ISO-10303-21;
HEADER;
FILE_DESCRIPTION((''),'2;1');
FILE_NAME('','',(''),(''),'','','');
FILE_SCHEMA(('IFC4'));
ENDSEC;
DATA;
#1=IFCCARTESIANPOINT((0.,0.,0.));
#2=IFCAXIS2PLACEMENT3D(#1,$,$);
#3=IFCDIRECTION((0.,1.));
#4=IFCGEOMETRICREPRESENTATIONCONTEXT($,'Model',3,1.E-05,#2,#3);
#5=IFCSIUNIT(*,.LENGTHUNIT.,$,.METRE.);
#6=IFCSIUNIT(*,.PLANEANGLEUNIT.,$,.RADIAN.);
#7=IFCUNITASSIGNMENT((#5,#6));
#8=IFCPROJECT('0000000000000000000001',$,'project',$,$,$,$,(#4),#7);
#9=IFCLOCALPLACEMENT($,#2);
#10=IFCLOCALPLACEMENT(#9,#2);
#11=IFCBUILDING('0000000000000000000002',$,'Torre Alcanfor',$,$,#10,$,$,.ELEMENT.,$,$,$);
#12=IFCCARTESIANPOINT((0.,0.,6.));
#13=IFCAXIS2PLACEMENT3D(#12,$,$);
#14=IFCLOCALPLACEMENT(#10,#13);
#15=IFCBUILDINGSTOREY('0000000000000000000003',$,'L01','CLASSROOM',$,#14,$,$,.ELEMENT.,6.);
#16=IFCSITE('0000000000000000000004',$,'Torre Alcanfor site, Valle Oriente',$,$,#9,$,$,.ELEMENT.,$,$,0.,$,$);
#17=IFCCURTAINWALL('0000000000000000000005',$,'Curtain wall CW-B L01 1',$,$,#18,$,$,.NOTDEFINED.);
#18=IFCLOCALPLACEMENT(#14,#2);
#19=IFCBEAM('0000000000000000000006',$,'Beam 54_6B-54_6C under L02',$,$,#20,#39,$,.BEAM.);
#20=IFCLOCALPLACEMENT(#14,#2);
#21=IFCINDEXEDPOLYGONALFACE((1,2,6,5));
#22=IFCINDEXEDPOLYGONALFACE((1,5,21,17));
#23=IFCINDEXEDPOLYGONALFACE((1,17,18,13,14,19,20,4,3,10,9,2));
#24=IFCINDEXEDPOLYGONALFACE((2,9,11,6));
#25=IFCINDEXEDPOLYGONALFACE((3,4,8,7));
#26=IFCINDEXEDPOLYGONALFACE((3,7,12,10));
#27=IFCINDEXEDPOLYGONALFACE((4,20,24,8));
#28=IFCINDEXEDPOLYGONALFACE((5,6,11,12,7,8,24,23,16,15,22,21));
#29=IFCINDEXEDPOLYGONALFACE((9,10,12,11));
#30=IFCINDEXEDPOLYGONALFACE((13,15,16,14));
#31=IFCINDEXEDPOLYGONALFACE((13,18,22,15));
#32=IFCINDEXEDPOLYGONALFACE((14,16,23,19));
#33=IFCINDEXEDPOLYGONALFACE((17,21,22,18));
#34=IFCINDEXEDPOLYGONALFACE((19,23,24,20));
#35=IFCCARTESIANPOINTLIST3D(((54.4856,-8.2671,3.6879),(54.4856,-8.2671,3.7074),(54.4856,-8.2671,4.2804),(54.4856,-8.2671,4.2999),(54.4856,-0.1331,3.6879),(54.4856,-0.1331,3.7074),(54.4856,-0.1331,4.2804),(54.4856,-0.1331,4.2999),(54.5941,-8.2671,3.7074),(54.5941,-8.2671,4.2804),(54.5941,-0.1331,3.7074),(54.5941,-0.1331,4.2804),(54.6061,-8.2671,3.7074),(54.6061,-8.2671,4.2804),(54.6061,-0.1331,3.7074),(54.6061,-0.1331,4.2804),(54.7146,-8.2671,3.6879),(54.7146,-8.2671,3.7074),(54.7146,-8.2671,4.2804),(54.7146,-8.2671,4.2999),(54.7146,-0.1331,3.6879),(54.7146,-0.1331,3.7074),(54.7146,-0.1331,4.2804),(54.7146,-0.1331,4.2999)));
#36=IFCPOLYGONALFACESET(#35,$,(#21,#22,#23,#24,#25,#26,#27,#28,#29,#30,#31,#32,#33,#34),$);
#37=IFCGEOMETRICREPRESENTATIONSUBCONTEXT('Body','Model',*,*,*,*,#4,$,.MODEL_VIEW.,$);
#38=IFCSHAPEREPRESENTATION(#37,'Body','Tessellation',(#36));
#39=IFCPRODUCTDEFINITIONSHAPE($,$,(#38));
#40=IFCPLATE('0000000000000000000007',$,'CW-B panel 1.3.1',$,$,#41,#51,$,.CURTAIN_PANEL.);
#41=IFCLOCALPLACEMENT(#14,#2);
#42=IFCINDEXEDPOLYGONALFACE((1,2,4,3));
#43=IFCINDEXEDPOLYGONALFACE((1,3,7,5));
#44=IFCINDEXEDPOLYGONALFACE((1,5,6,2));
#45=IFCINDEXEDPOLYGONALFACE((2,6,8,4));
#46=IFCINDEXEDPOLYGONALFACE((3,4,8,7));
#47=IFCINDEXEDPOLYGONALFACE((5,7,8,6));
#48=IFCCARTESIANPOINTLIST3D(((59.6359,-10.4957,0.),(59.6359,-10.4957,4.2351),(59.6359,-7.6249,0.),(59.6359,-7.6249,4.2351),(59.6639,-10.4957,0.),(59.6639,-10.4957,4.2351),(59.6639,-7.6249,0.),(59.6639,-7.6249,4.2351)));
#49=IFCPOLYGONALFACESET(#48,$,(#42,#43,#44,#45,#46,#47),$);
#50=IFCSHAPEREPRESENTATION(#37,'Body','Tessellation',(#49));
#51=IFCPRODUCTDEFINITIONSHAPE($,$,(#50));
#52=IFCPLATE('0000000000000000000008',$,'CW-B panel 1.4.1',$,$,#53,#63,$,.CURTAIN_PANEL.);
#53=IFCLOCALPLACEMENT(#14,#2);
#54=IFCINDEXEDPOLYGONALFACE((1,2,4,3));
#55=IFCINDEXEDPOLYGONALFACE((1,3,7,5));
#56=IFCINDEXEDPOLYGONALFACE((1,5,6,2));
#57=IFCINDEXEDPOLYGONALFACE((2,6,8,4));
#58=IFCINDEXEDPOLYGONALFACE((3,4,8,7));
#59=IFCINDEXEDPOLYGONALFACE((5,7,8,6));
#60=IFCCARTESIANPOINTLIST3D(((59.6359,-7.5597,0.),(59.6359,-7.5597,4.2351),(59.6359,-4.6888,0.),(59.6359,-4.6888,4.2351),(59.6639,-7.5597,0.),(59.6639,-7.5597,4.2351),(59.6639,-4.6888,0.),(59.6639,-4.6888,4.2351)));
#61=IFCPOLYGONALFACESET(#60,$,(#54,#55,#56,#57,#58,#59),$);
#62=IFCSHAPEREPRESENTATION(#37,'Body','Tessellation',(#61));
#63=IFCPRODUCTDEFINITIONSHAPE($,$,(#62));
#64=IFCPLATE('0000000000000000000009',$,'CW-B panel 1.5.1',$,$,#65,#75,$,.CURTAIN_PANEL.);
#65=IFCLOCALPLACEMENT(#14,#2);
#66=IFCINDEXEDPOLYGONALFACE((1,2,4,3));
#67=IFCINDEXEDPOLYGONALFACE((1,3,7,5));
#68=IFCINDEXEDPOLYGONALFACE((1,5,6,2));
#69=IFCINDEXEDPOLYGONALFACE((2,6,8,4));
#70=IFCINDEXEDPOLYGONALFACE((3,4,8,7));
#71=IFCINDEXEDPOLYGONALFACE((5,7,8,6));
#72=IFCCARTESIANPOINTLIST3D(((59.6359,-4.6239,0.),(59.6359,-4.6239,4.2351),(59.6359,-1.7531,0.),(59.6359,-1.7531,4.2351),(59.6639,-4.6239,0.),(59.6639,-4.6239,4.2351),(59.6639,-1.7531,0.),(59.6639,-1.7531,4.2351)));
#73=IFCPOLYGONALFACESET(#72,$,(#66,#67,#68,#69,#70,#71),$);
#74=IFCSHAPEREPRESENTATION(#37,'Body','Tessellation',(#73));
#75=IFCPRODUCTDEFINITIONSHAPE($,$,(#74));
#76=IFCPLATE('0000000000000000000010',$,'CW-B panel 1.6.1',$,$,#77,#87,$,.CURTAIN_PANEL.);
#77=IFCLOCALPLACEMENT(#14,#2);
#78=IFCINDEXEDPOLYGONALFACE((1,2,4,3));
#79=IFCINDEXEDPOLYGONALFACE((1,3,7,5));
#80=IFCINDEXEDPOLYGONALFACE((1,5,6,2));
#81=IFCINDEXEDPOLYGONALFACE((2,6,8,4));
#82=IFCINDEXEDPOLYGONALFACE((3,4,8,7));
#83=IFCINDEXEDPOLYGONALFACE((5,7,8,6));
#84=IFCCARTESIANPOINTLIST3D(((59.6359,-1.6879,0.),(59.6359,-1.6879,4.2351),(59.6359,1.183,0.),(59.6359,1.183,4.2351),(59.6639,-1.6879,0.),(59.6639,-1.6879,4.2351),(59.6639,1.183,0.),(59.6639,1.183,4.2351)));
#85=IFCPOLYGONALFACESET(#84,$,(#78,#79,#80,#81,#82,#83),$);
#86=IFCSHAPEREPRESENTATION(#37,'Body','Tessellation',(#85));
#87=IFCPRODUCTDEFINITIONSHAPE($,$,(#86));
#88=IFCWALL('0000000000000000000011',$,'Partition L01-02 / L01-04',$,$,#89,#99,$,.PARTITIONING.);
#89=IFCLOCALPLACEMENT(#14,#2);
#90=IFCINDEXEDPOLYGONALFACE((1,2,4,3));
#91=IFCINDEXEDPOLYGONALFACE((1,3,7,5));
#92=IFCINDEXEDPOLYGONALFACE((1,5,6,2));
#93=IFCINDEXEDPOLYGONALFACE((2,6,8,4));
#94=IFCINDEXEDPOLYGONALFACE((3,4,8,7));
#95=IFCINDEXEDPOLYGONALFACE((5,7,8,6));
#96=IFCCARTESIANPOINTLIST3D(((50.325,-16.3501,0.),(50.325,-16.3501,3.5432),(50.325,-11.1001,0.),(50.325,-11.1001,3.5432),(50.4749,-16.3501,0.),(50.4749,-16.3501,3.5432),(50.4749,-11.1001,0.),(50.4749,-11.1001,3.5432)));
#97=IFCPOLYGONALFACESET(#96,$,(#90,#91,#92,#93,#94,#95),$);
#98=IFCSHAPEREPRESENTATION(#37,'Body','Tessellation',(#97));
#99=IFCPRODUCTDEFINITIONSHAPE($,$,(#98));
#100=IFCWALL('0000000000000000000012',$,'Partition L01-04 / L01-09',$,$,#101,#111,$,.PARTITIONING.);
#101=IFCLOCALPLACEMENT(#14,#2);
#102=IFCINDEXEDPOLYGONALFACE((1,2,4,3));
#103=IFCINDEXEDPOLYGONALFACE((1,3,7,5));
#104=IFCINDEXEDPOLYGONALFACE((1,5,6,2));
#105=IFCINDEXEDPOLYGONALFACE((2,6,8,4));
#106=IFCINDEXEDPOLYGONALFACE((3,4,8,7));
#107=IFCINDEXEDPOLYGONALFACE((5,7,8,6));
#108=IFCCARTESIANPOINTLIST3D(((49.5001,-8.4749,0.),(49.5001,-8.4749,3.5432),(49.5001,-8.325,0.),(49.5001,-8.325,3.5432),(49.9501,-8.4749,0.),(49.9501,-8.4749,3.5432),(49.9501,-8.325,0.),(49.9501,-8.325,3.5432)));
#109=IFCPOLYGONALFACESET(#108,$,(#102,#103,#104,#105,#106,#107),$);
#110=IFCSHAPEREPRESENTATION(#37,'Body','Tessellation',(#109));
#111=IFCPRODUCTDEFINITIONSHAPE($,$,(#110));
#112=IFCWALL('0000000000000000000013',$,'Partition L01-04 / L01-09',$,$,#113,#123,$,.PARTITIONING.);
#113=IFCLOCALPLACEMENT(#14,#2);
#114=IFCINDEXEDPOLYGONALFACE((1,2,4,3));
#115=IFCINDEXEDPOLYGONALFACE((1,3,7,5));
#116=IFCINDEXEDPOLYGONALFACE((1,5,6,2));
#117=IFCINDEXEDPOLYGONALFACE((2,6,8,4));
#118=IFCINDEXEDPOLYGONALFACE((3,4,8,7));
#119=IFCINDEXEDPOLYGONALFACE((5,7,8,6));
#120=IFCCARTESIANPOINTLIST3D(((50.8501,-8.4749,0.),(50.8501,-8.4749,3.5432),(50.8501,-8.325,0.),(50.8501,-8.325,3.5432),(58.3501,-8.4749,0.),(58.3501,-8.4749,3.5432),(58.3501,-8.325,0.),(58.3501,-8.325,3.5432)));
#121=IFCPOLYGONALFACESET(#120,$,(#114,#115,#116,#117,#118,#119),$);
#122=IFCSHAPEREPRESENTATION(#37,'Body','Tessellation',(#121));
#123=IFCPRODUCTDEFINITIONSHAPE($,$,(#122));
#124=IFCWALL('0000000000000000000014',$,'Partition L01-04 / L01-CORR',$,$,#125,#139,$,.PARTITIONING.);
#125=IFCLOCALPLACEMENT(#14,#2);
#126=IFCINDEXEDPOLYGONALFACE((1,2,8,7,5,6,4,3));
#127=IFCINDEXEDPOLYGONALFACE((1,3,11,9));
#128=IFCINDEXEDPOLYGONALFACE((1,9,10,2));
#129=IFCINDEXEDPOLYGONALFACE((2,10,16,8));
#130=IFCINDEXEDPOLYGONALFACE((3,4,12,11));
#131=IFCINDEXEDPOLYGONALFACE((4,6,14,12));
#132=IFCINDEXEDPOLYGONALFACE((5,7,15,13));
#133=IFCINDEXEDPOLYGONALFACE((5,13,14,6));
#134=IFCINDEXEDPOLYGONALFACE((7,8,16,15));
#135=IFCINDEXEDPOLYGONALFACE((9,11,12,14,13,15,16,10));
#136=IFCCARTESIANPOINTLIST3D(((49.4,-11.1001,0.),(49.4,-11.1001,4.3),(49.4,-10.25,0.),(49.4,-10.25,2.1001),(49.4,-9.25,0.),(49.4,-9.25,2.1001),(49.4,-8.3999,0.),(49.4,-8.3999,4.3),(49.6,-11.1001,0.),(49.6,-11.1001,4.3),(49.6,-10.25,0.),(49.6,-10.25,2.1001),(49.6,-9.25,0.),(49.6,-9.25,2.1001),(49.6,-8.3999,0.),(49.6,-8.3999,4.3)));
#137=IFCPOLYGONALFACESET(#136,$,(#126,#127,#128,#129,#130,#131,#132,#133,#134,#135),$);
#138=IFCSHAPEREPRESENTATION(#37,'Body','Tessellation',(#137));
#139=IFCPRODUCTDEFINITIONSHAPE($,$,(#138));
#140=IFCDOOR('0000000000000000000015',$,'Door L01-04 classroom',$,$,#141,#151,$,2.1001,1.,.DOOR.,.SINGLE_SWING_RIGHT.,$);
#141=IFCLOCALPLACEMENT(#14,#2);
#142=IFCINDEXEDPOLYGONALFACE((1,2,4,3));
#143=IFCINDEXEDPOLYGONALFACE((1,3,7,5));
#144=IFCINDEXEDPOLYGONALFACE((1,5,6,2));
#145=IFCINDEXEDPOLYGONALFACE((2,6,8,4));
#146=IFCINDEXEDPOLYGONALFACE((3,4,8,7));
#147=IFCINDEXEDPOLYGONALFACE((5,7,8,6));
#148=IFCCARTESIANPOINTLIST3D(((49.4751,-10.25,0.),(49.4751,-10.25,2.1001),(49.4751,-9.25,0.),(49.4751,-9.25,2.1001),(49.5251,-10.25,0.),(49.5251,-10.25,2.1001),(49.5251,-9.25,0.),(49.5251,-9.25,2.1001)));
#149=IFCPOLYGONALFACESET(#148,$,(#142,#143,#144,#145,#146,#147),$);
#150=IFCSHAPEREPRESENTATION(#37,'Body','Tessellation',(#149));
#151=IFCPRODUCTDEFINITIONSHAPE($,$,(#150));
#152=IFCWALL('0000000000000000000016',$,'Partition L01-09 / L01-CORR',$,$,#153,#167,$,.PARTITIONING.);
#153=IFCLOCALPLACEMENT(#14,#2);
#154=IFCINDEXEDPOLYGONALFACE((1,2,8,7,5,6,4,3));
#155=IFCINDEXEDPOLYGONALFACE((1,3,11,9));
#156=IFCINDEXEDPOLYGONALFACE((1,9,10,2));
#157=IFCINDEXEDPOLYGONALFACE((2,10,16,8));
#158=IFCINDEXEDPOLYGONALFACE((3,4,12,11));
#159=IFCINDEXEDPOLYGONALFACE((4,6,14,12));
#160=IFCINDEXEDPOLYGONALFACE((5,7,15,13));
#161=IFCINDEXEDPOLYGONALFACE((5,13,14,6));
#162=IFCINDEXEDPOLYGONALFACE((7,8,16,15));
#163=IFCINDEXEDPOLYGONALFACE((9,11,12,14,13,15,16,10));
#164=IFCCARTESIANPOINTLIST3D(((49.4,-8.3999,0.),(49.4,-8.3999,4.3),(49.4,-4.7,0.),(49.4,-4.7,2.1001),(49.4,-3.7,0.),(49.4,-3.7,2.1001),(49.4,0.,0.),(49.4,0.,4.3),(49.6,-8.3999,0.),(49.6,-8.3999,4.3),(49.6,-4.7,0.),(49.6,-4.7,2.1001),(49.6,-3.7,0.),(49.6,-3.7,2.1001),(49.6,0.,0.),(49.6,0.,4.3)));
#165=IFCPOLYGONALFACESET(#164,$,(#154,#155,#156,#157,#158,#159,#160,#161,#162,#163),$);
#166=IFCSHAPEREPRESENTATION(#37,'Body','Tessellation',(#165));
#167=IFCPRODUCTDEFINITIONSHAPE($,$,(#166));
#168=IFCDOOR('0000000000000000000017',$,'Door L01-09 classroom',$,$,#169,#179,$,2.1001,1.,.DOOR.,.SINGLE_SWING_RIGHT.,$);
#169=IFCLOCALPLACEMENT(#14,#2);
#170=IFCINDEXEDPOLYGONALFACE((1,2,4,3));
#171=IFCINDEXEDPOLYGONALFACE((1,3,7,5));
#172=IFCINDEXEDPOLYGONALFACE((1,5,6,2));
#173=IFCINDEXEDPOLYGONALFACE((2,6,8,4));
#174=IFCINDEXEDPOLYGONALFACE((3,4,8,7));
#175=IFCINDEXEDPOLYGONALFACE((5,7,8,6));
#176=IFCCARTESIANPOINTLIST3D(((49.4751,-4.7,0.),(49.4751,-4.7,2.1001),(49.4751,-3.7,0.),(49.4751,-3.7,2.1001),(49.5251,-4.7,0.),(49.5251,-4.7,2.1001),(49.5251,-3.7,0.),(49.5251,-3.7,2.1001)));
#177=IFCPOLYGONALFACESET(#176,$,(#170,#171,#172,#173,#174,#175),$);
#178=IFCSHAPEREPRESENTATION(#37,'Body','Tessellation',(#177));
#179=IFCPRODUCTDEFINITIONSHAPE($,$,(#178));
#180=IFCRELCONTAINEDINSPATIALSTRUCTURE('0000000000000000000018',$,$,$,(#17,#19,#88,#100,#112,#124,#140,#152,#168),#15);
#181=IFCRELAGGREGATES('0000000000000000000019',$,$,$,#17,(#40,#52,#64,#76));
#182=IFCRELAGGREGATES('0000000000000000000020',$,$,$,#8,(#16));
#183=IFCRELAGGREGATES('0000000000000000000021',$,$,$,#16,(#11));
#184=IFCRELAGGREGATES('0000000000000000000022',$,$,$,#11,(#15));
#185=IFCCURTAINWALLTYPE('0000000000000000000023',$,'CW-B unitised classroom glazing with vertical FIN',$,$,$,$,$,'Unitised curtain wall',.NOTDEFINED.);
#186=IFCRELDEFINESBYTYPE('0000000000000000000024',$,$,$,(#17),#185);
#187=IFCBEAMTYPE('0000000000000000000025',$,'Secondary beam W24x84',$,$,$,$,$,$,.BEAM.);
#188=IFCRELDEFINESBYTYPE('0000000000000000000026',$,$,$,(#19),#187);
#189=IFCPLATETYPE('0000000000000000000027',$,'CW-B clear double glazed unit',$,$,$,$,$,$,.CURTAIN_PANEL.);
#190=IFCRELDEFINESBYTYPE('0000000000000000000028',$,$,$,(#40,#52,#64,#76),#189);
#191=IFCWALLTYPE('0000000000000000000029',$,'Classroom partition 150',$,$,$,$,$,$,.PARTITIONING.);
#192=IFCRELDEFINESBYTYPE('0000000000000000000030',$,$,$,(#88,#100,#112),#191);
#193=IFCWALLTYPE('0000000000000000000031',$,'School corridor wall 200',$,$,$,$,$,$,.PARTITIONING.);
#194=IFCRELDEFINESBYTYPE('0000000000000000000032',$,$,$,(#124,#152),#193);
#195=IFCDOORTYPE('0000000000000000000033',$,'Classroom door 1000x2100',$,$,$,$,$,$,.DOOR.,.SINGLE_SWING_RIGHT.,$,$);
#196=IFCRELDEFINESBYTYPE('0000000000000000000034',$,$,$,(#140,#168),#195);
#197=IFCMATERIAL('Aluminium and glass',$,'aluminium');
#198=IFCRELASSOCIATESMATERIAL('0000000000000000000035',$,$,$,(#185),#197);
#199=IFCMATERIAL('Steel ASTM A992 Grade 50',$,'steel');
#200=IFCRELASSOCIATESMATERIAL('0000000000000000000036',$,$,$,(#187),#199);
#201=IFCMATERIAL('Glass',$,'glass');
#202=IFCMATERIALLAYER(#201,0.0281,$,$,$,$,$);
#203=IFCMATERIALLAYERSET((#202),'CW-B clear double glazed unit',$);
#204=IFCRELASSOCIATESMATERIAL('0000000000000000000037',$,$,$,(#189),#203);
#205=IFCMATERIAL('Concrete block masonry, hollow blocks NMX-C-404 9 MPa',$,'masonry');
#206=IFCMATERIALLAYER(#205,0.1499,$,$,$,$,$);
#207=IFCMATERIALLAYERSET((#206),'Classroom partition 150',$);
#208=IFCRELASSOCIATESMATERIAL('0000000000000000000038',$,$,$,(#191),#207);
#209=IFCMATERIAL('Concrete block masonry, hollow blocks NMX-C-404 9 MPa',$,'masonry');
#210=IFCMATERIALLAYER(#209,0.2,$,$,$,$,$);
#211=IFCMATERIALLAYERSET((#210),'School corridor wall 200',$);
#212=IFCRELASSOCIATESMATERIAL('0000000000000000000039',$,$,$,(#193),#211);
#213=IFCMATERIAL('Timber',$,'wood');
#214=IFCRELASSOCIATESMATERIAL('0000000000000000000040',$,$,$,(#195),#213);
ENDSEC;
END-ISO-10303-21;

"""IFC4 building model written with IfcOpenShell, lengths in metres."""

from ifc_helpers import new_model, si_unit, direction, frame, frame_2d, origin, origin_2d, place, context, subcontext, project, spatial, rectangle, i_section, extrude, material, layer, layer_set, material_profile, profile_set, type_object, element, fill, aggregate, save


model = new_model("IFC4")

# Units and contexts
model_context = context("Model", 3, precision=1e-05, world=origin(), true_north=direction((0.0, 1.0)))
body_context = subcontext(model_context, "Body", "Model", "MODEL_VIEW")
ifc_project = project(units=[si_unit("LENGTHUNIT", "METRE"), si_unit("PLANEANGLEUNIT", "RADIAN")], contexts=[model_context])

# Site, building, storey
site_placement = place(None, origin())
site = spatial("IfcSite", under=ifc_project, at=site_placement, Name="Torre Alcanfor site, Valle Oriente", CompositionType="ELEMENT", RefElevation=0.0)
building_placement = place(site_placement, origin())
building = spatial("IfcBuilding", under=site, at=building_placement, Name="Torre Alcanfor", CompositionType="ELEMENT")
storey_placement = place(building_placement, frame((0.0, 0.0, 6.0)))
storey = spatial("IfcBuildingStorey", under=building, at=storey_placement, Name="L01", Description="CLASSROOM", CompositionType="ELEMENT", Elevation=6.0)

# Curtain wall
ifc_material_1 = material(Name="Aluminium and glass", Category="aluminium")
curtain_wall_type = type_object("IfcCurtainWallType", Name="CW-B unitised classroom glazing with vertical FIN", ElementType="Unitised curtain wall", PredefinedType="NOTDEFINED", material=ifc_material_1)
curtain_wall_placement = place(storey_placement, origin())
curtain_wall = element("IfcCurtainWall", 1, at=curtain_wall_placement, inside=storey, type_object=curtain_wall_type, Name="Curtain wall CW-B L01 1", PredefinedType="NOTDEFINED")

# Beam
ifc_material_2 = material(Name="Steel ASTM A992 Grade 50", Category="steel")
ifc_material_profile_1 = material_profile(ifc_material_2, i_section(OverallWidth=0.229, OverallDepth=0.6121, WebThickness=0.012, FlangeThickness=0.0195, at=origin_2d()), Name="W24x84")
ifc_profile_set_1 = profile_set([ifc_material_profile_1], Name="Steel ASTM A992 Grade 50")
beam_type_1 = type_object("IfcBeamType", Name="Secondary beam W24x84", PredefinedType="BEAM", material=ifc_profile_set_1)
beam_1_placement = place(storey_placement, frame((54.6001, -8.2671, 3.9939), z_axis=(0.0, 1.0, 0.0), x_axis=(-1.0, 0.0, 0.0)))
element("IfcBeam", 2, at=beam_1_placement, inside=storey, type_object=beam_type_1, Name="Beam 54_6B-54_6C under L02", PredefinedType="BEAM", context=body_context, shape_type="SweptSolid", body=[
    extrude(i_section(OverallWidth=0.229, OverallDepth=0.6121, WebThickness=0.012, FlangeThickness=0.0195, at=origin_2d()), origin(), (0.0, 0.0, 1.0), 8.134),
])

# Plates
ifc_material_3 = material(Name="Glass", Category="glass")
ifc_layer_1 = layer(ifc_material_3, 0.0281)
ifc_layer_set_1 = layer_set([ifc_layer_1], Name="CW-B clear double glazed unit")
plate_type = type_object("IfcPlateType", Name="CW-B clear double glazed unit", PredefinedType="CURTAIN_PANEL", material=ifc_layer_set_1)
plate_1_placement = place(storey_placement, frame((59.6499, -9.0603, 0.0), z_axis=(0.0, 0.0, 1.0), x_axis=(0.0, 1.0, 0.0)))
plate_1 = element("IfcPlate", 3, at=plate_1_placement, type_object=plate_type, Name="CW-B panel 1.3.1", PredefinedType="CURTAIN_PANEL", context=body_context, shape_type="SweptSolid", body=[
    extrude(rectangle(XDim=2.8708, YDim=0.0281, at=origin_2d()), origin(), (0.0, 0.0, 1.0), 4.2351),
])
plate_2_placement = place(storey_placement, frame((59.6499, -6.1243, 0.0), z_axis=(0.0, 0.0, 1.0), x_axis=(0.0, 1.0, 0.0)))
plate_2 = element("IfcPlate", 4, at=plate_2_placement, type_object=plate_type, Name="CW-B panel 1.4.1", PredefinedType="CURTAIN_PANEL", context=body_context, shape_type="SweptSolid", body=[
    extrude(rectangle(XDim=2.8708, YDim=0.0281, at=origin_2d()), origin(), (0.0, 0.0, 1.0), 4.2351),
])
plate_3_placement = place(storey_placement, frame((59.6499, -3.1885, 0.0), z_axis=(0.0, 0.0, 1.0), x_axis=(0.0, 1.0, 0.0)))
plate_3 = element("IfcPlate", 5, at=plate_3_placement, type_object=plate_type, Name="CW-B panel 1.5.1", PredefinedType="CURTAIN_PANEL", context=body_context, shape_type="SweptSolid", body=[
    extrude(rectangle(XDim=2.8708, YDim=0.0281, at=origin_2d()), origin(), (0.0, 0.0, 1.0), 4.2351),
])
plate_4_placement = place(storey_placement, frame((59.6499, -0.2524, 0.0), z_axis=(0.0, 0.0, 1.0), x_axis=(0.0, 1.0, 0.0)))
plate_4 = element("IfcPlate", 6, at=plate_4_placement, type_object=plate_type, Name="CW-B panel 1.6.1", PredefinedType="CURTAIN_PANEL", context=body_context, shape_type="SweptSolid", body=[
    extrude(rectangle(XDim=2.8708, YDim=0.0281, at=origin_2d()), origin(), (0.0, 0.0, 1.0), 4.2351),
])
aggregate(curtain_wall, [plate_1, plate_2, plate_3, plate_4])

# Walls
ifc_material_4 = material(Name="Concrete block masonry, hollow blocks NMX-C-404 9 MPa", Category="masonry")
ifc_layer_2 = layer(ifc_material_4, 0.1499)
ifc_layer_set_2 = layer_set([ifc_layer_2], Name="Classroom partition 150")
wall_type_1 = type_object("IfcWallType", Name="Classroom partition 150", PredefinedType="PARTITIONING", material=ifc_layer_set_2)
wall_1_placement = place(storey_placement, frame((50.3999, -11.1001, 0.0), z_axis=(0.0, 0.0, 1.0), x_axis=(0.0, -1.0, 0.0)))
element("IfcWall", 7, at=wall_1_placement, inside=storey, type_object=wall_type_1, Name="Partition L01-02 / L01-04", PredefinedType="PARTITIONING", context=body_context, shape_type="SweptSolid", body=[
    extrude(rectangle(XDim=5.25, YDim=0.1499, at=frame_2d((2.625, 0.0))), origin(), (0.0, 0.0, 1.0), 3.5432),
])
wall_2_placement = place(storey_placement, frame((49.5, -8.3999, 0.0), z_axis=(0.0, 0.0, 1.0), x_axis=(1.0, 0.0, 0.0)))
element("IfcWall", 8, at=wall_2_placement, inside=storey, type_object=wall_type_1, Name="Partition L01-04 / L01-09", PredefinedType="PARTITIONING", context=body_context, shape_type="SweptSolid", body=[
    extrude(rectangle(XDim=0.45, YDim=0.1499, at=frame_2d((0.2251, 0.0))), origin(), (0.0, 0.0, 1.0), 3.5432),
])
wall_3_placement = place(storey_placement, frame((50.8501, -8.3999, 0.0), z_axis=(0.0, 0.0, 1.0), x_axis=(1.0, 0.0, 0.0)))
element("IfcWall", 9, at=wall_3_placement, inside=storey, type_object=wall_type_1, Name="Partition L01-04 / L01-09", PredefinedType="PARTITIONING", context=body_context, shape_type="SweptSolid", body=[
    extrude(rectangle(XDim=7.5, YDim=0.1499, at=frame_2d((3.75, 0.0))), origin(), (0.0, 0.0, 1.0), 3.5432),
])

# Walls, openings, doors
ifc_material_5 = material(Name="Concrete block masonry, hollow blocks NMX-C-404 9 MPa", Category="masonry")
ifc_layer_3 = layer(ifc_material_5, 0.2)
ifc_layer_set_3 = layer_set([ifc_layer_3], Name="School corridor wall 200")
wall_type_2 = type_object("IfcWallType", Name="School corridor wall 200", PredefinedType="PARTITIONING", material=ifc_layer_set_3)
wall_4_placement = place(storey_placement, frame((49.5, -11.1001, 0.0), z_axis=(0.0, 0.0, 1.0), x_axis=(0.0, 1.0, 0.0)))
wall_4 = element("IfcWall", 10, at=wall_4_placement, inside=storey, type_object=wall_type_2, Name="Partition L01-04 / L01-CORR", PredefinedType="PARTITIONING", context=body_context, shape_type="SweptSolid", body=[
    extrude(rectangle(XDim=2.7002, YDim=0.2, at=frame_2d((1.3501, 0.0))), origin(), (0.0, 0.0, 1.0), 4.3),
])
opening_1_placement = place(wall_4_placement, frame((0.8501, 0.0, 0.0)))
opening_1 = element("IfcOpeningElement", 11, at=opening_1_placement, cuts=wall_4, PredefinedType="OPENING", context=body_context, shape_type="SweptSolid", body=[
    extrude(rectangle(XDim=1.0, YDim=2.1001, at=frame_2d((0.5, 1.05))), frame((0.0, 0.1099, 0.0), z_axis=(0.0, -1.0, 0.0), x_axis=(1.0, 0.0, 0.0)), (0.0, 0.0, 1.0), 0.22),
])
ifc_material_6 = material(Name="Timber", Category="wood")
door_type_1 = type_object("IfcDoorType", Name="Classroom door 1000x2100", OperationType="SINGLE_SWING_RIGHT", PredefinedType="DOOR", material=ifc_material_6)
door_1_placement = place(opening_1_placement, frame((1.0, 0.0, 0.0), z_axis=(0.0, 0.0, 1.0), x_axis=(-1.0, 0.0, 0.0)))
door_1 = element("IfcDoor", 12, at=door_1_placement, inside=storey, type_object=door_type_1, Name="Door L01-04 classroom", OperationType="SINGLE_SWING_RIGHT", OverallHeight=2.1001, OverallWidth=1.0, PredefinedType="DOOR", context=body_context, shape_type="SweptSolid", body=[
    extrude(rectangle(XDim=1.0, YDim=2.1001, at=frame_2d((0.5, 1.05))), frame((0.0, 0.0251, 0.0), z_axis=(0.0, -1.0, 0.0), x_axis=(1.0, 0.0, 0.0)), (0.0, 0.0, 1.0), 0.05),
])
fill(opening_1, door_1)
wall_5_placement = place(storey_placement, frame((49.5, -8.3999, 0.0), z_axis=(0.0, 0.0, 1.0), x_axis=(0.0, 1.0, 0.0)))
wall_5 = element("IfcWall", 13, at=wall_5_placement, inside=storey, type_object=wall_type_2, Name="Partition L01-09 / L01-CORR", PredefinedType="PARTITIONING", context=body_context, shape_type="SweptSolid", body=[
    extrude(rectangle(XDim=8.3999, YDim=0.2, at=frame_2d((4.2, 0.0))), origin(), (0.0, 0.0, 1.0), 4.3),
])
opening_2_placement = place(wall_5_placement, frame((3.7, 0.0, 0.0)))
opening_2 = element("IfcOpeningElement", 14, at=opening_2_placement, cuts=wall_5, PredefinedType="OPENING", context=body_context, shape_type="SweptSolid", body=[
    extrude(rectangle(XDim=1.0, YDim=2.1001, at=frame_2d((0.5, 1.05))), frame((0.0, 0.1099, 0.0), z_axis=(0.0, -1.0, 0.0), x_axis=(1.0, 0.0, 0.0)), (0.0, 0.0, 1.0), 0.22),
])
door_2_placement = place(opening_2_placement, frame((1.0, 0.0, 0.0), z_axis=(0.0, 0.0, 1.0), x_axis=(-1.0, 0.0, 0.0)))
door_2 = element("IfcDoor", 15, at=door_2_placement, inside=storey, type_object=door_type_1, Name="Door L01-09 classroom", OperationType="SINGLE_SWING_RIGHT", OverallHeight=2.1001, OverallWidth=1.0, PredefinedType="DOOR", context=body_context, shape_type="SweptSolid", body=[
    extrude(rectangle(XDim=1.0, YDim=2.1001, at=frame_2d((0.5, 1.05))), frame((0.0, 0.0251, 0.0), z_axis=(0.0, -1.0, 0.0), x_axis=(1.0, 0.0, 0.0)), (0.0, 0.0, 1.0), 0.05),
])
fill(opening_2, door_2)

save(model, "model.ifc")
